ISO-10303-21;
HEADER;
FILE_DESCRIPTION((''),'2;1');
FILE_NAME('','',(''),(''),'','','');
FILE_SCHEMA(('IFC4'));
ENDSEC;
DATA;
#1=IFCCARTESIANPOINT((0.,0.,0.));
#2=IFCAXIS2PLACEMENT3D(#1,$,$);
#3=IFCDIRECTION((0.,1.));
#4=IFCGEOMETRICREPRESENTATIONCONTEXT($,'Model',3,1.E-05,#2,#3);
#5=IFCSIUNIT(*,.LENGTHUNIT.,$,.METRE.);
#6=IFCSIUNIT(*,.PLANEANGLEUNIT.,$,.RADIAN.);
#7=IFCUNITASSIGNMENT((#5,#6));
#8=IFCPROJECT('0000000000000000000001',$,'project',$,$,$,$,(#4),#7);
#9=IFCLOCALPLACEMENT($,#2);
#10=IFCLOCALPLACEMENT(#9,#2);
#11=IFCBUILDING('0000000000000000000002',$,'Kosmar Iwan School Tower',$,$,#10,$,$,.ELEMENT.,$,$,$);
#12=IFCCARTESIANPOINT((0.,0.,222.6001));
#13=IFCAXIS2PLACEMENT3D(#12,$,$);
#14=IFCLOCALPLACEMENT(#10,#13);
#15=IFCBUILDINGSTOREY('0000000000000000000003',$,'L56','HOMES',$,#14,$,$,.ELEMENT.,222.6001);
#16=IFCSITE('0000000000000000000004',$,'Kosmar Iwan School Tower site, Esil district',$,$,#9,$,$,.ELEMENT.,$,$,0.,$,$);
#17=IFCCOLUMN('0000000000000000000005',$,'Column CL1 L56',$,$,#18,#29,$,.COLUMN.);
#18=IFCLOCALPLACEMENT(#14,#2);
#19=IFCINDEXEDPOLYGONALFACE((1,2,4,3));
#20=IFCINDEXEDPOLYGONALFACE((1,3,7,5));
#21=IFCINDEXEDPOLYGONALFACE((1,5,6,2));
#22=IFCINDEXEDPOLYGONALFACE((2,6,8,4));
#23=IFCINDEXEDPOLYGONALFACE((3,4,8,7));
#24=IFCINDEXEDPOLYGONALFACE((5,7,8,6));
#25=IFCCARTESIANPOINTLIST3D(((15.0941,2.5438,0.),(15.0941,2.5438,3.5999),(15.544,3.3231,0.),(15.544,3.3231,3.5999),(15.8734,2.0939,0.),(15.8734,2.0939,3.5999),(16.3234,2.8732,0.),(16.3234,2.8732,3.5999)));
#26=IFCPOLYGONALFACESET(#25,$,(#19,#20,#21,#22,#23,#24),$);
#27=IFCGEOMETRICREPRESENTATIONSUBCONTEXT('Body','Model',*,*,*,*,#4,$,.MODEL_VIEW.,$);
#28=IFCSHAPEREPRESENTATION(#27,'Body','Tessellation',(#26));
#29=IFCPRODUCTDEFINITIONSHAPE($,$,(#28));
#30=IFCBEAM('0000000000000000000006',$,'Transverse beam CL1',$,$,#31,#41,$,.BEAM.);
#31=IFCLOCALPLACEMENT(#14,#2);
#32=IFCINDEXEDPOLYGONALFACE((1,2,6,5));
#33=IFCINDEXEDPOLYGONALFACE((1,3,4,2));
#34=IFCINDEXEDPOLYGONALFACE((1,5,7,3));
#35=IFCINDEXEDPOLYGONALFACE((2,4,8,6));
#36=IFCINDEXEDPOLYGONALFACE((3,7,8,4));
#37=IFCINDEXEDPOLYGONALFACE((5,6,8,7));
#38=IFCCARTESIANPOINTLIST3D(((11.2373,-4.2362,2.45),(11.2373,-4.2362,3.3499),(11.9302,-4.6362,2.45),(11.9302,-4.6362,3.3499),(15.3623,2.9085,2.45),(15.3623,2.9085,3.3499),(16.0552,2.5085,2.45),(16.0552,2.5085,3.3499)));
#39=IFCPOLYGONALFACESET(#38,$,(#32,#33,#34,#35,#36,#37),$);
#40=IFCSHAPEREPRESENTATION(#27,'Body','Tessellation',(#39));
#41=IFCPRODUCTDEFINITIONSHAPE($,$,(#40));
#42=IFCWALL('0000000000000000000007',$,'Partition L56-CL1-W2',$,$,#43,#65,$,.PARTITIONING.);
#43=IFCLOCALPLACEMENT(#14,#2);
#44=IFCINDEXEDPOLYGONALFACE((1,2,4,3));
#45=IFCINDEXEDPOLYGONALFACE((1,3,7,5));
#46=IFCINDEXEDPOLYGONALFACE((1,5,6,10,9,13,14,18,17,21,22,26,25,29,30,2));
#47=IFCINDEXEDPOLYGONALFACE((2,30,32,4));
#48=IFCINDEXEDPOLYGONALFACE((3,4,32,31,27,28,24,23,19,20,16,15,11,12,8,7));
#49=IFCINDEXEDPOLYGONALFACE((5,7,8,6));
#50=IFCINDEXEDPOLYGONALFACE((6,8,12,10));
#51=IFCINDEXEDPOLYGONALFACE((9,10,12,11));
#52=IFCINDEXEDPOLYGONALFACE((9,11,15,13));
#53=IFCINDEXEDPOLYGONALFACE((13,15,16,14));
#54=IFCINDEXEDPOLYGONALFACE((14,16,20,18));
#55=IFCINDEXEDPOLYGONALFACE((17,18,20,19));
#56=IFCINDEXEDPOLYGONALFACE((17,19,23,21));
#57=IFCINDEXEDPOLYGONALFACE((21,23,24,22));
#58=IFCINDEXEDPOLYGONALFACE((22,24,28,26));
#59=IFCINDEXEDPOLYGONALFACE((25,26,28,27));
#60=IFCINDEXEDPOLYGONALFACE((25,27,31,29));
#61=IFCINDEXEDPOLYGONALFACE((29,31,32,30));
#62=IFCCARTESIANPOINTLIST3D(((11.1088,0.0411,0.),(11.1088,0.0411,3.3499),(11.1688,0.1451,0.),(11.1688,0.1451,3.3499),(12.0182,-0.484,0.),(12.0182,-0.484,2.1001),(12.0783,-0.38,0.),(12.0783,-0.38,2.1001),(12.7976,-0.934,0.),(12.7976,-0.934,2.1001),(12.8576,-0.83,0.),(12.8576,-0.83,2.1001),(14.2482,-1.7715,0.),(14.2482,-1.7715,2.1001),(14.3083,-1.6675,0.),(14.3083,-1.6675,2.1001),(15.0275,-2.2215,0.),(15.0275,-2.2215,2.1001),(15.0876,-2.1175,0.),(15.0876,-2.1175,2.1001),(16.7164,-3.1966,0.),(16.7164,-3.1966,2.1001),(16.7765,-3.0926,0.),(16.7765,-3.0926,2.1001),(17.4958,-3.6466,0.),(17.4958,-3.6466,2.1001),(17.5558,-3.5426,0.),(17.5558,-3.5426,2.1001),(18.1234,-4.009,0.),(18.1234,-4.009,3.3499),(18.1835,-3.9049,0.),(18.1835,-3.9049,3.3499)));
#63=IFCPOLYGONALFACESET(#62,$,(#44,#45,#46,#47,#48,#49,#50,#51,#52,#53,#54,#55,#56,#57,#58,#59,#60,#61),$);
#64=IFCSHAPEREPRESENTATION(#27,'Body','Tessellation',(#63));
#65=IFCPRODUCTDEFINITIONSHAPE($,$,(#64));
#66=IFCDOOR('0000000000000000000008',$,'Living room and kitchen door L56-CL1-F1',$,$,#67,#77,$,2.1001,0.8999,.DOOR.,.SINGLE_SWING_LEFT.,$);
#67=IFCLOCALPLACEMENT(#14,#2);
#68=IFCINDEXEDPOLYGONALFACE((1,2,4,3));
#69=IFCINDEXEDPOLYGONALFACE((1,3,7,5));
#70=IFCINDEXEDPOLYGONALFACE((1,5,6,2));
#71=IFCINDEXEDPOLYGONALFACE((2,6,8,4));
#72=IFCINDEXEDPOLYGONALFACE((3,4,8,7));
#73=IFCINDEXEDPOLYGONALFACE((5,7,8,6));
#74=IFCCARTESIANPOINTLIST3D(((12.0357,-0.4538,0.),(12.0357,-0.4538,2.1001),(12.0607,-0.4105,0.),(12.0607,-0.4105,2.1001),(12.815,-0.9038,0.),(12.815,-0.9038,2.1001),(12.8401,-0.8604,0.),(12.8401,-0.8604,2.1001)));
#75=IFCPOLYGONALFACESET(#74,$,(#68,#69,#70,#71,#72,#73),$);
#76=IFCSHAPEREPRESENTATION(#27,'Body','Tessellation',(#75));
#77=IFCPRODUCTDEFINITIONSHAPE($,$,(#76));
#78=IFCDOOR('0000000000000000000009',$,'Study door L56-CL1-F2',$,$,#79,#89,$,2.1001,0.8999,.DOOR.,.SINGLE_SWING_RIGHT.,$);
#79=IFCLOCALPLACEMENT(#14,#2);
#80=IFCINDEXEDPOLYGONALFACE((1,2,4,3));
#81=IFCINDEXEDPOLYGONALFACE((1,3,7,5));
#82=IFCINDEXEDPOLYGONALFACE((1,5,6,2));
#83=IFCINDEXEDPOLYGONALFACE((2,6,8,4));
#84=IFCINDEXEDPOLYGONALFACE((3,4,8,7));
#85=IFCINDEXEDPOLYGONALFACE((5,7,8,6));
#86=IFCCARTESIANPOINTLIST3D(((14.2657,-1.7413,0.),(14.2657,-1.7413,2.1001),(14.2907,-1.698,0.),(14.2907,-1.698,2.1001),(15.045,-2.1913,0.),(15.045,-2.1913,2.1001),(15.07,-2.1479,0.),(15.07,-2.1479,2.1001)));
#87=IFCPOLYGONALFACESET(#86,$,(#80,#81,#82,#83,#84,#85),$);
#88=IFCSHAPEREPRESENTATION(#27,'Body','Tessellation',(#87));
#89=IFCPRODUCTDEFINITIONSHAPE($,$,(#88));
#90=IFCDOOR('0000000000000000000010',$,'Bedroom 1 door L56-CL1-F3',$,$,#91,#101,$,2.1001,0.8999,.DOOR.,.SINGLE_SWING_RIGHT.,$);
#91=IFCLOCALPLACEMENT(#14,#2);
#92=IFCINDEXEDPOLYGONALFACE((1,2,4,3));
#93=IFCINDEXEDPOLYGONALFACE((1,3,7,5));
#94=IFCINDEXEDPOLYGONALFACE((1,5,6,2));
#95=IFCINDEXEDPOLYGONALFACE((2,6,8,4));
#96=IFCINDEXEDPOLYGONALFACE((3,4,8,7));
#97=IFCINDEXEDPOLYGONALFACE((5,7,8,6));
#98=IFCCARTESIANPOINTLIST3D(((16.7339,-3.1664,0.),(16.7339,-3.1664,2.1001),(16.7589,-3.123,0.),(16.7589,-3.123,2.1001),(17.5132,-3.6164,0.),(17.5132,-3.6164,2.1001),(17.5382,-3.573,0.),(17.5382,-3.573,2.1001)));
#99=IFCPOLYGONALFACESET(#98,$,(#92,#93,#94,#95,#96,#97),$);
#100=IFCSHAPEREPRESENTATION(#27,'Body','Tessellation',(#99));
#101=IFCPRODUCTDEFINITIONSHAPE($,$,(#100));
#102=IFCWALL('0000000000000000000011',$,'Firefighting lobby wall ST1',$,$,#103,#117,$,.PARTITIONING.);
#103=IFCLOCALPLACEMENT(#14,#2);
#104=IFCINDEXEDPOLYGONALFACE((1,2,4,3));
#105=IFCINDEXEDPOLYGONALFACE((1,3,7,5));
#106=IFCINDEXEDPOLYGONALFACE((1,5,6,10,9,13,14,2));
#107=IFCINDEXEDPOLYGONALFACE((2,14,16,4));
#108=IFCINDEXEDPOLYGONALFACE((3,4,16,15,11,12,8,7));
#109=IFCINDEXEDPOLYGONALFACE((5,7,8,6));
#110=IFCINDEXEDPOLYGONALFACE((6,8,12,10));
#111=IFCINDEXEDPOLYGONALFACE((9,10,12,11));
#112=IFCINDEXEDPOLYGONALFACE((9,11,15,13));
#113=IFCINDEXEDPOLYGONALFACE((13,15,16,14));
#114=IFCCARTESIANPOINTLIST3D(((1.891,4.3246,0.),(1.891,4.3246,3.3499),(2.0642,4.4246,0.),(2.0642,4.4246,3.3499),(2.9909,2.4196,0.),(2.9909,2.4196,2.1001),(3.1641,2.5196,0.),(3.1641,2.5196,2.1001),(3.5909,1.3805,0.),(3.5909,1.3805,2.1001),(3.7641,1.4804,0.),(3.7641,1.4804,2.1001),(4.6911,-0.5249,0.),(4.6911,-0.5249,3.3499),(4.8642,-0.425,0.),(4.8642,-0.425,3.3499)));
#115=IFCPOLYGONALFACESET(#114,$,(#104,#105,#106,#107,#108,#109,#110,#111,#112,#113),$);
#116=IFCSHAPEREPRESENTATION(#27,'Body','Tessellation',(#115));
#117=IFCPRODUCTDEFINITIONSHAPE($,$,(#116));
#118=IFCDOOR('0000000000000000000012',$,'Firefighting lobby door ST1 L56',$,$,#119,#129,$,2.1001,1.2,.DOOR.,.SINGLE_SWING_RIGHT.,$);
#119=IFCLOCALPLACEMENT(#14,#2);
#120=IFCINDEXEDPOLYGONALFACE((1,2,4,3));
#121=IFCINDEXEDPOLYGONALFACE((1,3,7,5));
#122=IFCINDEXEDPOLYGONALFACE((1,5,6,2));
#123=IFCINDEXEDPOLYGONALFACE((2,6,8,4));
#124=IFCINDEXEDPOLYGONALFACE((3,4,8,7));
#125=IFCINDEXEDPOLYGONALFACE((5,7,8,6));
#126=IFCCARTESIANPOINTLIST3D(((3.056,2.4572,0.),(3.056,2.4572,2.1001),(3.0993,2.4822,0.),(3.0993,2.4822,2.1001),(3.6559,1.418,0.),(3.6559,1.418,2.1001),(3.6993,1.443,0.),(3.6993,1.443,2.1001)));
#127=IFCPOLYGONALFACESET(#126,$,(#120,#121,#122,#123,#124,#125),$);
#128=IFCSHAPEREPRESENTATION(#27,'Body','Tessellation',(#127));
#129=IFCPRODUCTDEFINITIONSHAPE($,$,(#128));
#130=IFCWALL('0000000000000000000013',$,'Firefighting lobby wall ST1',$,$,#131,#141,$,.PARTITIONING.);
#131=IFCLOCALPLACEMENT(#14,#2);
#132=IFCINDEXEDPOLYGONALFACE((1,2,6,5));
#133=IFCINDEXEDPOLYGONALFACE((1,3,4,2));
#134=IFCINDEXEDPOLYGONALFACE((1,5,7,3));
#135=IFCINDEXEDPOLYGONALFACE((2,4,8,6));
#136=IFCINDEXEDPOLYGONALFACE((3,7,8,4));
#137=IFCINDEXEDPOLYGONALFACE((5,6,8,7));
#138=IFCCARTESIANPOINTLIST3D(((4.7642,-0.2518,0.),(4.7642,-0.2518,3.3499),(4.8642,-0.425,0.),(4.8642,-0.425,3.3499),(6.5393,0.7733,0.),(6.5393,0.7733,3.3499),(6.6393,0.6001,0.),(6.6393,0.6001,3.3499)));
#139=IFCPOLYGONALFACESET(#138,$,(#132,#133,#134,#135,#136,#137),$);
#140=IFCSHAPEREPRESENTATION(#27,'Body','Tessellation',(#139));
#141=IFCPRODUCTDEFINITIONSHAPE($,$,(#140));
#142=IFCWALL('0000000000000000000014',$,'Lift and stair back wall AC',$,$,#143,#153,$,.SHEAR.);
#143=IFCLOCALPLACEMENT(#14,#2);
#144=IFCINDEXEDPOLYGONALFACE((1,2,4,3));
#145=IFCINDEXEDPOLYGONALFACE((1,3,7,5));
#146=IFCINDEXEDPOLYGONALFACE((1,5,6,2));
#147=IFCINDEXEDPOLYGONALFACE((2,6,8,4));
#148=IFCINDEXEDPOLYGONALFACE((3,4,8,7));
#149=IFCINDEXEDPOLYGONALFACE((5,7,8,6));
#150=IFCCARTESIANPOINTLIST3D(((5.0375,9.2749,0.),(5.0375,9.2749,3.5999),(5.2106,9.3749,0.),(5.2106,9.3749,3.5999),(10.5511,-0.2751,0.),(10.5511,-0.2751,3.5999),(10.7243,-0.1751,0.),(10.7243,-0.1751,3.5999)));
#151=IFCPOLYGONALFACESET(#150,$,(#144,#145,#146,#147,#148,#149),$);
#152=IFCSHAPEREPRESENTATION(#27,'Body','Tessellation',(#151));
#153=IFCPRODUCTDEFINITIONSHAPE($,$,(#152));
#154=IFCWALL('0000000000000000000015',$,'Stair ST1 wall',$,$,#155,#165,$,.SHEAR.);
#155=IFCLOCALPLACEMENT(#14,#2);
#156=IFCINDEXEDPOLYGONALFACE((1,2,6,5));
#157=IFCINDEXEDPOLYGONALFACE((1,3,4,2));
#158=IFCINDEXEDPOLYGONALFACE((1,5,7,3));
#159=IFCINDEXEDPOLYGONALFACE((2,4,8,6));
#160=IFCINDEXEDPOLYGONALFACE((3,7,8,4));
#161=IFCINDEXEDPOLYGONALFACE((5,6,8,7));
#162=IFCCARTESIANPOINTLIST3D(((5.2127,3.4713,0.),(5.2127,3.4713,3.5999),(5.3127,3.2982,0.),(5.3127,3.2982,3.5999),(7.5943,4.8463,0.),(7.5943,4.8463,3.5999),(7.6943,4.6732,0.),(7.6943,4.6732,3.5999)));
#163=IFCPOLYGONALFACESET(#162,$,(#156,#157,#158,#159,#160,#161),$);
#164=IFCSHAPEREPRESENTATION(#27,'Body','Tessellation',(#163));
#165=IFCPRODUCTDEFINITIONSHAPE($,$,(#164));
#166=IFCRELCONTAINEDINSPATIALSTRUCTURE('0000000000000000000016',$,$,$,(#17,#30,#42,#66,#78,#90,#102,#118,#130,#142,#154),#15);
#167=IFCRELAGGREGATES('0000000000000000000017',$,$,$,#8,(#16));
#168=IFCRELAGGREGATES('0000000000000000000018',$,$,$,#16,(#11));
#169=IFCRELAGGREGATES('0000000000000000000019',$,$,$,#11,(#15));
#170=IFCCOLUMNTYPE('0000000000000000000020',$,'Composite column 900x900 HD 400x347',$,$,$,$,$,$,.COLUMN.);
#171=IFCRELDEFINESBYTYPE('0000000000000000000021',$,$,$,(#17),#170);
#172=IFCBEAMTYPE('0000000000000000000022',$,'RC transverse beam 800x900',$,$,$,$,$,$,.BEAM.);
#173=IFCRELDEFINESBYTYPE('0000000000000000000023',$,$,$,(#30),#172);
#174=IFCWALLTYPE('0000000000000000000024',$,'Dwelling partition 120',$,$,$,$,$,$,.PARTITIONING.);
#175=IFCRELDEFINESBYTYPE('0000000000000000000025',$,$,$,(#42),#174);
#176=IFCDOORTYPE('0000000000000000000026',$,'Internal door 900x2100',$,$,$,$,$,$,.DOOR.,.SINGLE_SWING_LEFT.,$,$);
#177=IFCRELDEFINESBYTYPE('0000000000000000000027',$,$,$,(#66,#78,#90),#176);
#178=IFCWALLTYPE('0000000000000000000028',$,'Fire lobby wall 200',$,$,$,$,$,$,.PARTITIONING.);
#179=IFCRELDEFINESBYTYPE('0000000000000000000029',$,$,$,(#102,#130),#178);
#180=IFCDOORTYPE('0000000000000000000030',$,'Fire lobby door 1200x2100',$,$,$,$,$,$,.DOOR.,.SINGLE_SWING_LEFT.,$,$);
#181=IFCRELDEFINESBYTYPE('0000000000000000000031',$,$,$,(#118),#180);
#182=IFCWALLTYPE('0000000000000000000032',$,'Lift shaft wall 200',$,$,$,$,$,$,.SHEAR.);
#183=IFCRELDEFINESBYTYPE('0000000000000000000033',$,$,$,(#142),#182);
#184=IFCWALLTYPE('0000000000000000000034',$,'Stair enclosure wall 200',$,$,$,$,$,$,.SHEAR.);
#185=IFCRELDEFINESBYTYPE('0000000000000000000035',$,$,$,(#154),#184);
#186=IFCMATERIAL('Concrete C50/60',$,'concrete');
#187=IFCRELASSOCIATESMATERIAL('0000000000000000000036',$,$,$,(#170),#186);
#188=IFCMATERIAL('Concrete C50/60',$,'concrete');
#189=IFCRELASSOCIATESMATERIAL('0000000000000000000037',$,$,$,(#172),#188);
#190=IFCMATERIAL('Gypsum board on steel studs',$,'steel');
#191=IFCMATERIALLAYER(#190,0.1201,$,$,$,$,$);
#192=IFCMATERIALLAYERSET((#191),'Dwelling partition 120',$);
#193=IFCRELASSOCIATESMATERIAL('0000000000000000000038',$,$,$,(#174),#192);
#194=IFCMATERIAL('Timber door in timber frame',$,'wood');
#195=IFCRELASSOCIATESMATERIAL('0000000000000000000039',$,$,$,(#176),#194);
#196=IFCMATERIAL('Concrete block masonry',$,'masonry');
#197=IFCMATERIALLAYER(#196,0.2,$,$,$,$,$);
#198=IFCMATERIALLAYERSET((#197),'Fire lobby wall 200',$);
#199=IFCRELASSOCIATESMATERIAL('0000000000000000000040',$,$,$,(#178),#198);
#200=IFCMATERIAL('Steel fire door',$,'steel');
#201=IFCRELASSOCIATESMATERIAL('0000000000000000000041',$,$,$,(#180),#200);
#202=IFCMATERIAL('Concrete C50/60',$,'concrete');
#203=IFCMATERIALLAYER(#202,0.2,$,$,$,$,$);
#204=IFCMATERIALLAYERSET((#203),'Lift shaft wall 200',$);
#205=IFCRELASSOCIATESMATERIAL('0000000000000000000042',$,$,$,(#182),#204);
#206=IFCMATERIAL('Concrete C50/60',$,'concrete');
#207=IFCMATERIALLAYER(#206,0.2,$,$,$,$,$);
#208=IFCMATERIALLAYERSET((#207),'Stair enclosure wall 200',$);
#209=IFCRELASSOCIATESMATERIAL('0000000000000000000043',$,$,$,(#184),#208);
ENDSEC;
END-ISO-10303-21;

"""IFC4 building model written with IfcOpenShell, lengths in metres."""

from ifc_helpers import new_model, si_unit, direction, frame, frame_2d, origin, origin_2d, place, context, subcontext, project, spatial, rectangle, extrude, material, layer, layer_set, material_profile, profile_set, type_object, element, fill, save


model = new_model("IFC4")

# Units and contexts
model_context = context("Model", 3, precision=1e-05, world=origin(), true_north=direction((0.0, 1.0)))
body_context = subcontext(model_context, "Body", "Model", "MODEL_VIEW")
ifc_project = project(units=[si_unit("LENGTHUNIT", "METRE"), si_unit("PLANEANGLEUNIT", "RADIAN")], contexts=[model_context])

# Site, building, storey
site_placement = place(None, origin())
site = spatial("IfcSite", under=ifc_project, at=site_placement, Name="Kosmar Iwan School Tower site, Esil district", CompositionType="ELEMENT", RefElevation=0.0)
building_placement = place(site_placement, origin())
building = spatial("IfcBuilding", under=site, at=building_placement, Name="Kosmar Iwan School Tower", CompositionType="ELEMENT")
storey_placement = place(building_placement, frame((0.0, 0.0, 222.6001)))
storey = spatial("IfcBuildingStorey", under=building, at=storey_placement, Name="L56", Description="HOMES", CompositionType="ELEMENT", Elevation=222.6001)

# Column
ifc_material_1 = material(Name="Concrete C50/60", Category="concrete")
ifc_material_profile_1 = material_profile(ifc_material_1, rectangle(XDim=0.8999, YDim=0.8999, at=origin_2d()), Name="RC 900x900 + HD 400x347")
ifc_profile_set_1 = profile_set([ifc_material_profile_1], Name="Concrete C50/60")
column_type = type_object("IfcColumnType", Name="Composite column 900x900 HD 400x347", PredefinedType="COLUMN", material=ifc_profile_set_1)
column_placement = place(storey_placement, frame((15.7087, 2.7085, 0.0), z_axis=(0.0, 0.0, 1.0), x_axis=(0.866025, -0.5, 0.0)))
element("IfcColumn", 1, at=column_placement, inside=storey, type_object=column_type, Name="Column CL1 L56", PredefinedType="COLUMN", context=body_context, shape_type="SweptSolid", body=[
    extrude(rectangle(XDim=0.8999, YDim=0.8999, at=origin_2d()), origin(), (0.0, 0.0, 1.0), 3.5999),
])

# Beam
ifc_material_2 = material(Name="Concrete C50/60", Category="concrete")
ifc_material_profile_2 = material_profile(ifc_material_2, rectangle(XDim=0.8, YDim=0.8999, at=origin_2d()), Name="RC 800x900")
ifc_profile_set_2 = profile_set([ifc_material_profile_2], Name="Concrete C50/60")
beam_type = type_object("IfcBeamType", Name="RC transverse beam 800x900", PredefinedType="BEAM", material=ifc_profile_set_2)
beam_placement = place(storey_placement, frame((15.7087, 2.7085, 2.8999), z_axis=(-0.499997, -0.866027, 0.0), x_axis=(0.866027, -0.499997, 0.0)))
element("IfcBeam", 2, at=beam_placement, inside=storey, type_object=beam_type, Name="Transverse beam CL1", PredefinedType="BEAM", context=body_context, shape_type="SweptSolid", body=[
    extrude(rectangle(XDim=0.8, YDim=0.8999, at=origin_2d()), origin(), (0.0, 0.0, 1.0), 8.25),
])

# Wall, openings, doors
ifc_material_3 = material(Name="Gypsum board on steel studs", Category="steel")
ifc_layer_1 = layer(ifc_material_3, 0.1201)
ifc_layer_set_1 = layer_set([ifc_layer_1], Name="Dwelling partition 120")
wall_type_1 = type_object("IfcWallType", Name="Dwelling partition 120", PredefinedType="PARTITIONING", material=ifc_layer_set_1)
wall_1_placement = place(storey_placement, frame((11.1389, 0.093, 0.0), z_axis=(0.0, 0.0, 1.0), x_axis=(0.866018, -0.500013, 0.0)))
wall_1 = element("IfcWall", 3, at=wall_1_placement, inside=storey, type_object=wall_type_1, Name="Partition L56-CL1-W2", PredefinedType="PARTITIONING", context=body_context, shape_type="SweptSolid", body=[
    extrude(rectangle(XDim=8.0999, YDim=0.1201, at=frame_2d((4.0498, 0.0))), origin(), (0.0, 0.0, 1.0), 3.3499),
])
opening_1_placement = place(wall_1_placement, frame((1.05, 0.0, 0.0)))
opening_1 = element("IfcOpeningElement", 4, at=opening_1_placement, cuts=wall_1, PredefinedType="OPENING", context=body_context, shape_type="SweptSolid", body=[
    extrude(rectangle(XDim=0.8999, YDim=2.1001, at=frame_2d((0.45, 1.05))), frame((0.0, 0.072, 0.0), z_axis=(0.0, -1.0, 0.0), x_axis=(1.0, 0.0, 0.0)), (0.0, 0.0, 1.0), 0.144),
])
opening_2_placement = place(wall_1_placement, frame((3.625, 0.0, 0.0)))
opening_2 = element("IfcOpeningElement", 5, at=opening_2_placement, cuts=wall_1, PredefinedType="OPENING", context=body_context, shape_type="SweptSolid", body=[
    extrude(rectangle(XDim=0.8999, YDim=2.1001, at=frame_2d((0.45, 1.05))), frame((0.0, 0.072, 0.0), z_axis=(0.0, -1.0, 0.0), x_axis=(1.0, 0.0, 0.0)), (0.0, 0.0, 1.0), 0.144),
])
opening_3_placement = place(wall_1_placement, frame((6.4751, 0.0, 0.0)))
opening_3 = element("IfcOpeningElement", 6, at=opening_3_placement, cuts=wall_1, PredefinedType="OPENING", context=body_context, shape_type="SweptSolid", body=[
    extrude(rectangle(XDim=0.8999, YDim=2.1001, at=frame_2d((0.45, 1.05))), frame((0.0, 0.072, 0.0), z_axis=(0.0, -1.0, 0.0), x_axis=(1.0, 0.0, 0.0)), (0.0, 0.0, 1.0), 0.144),
])
ifc_material_4 = material(Name="Timber door in timber frame", Category="wood")
door_type_1 = type_object("IfcDoorType", Name="Internal door 900x2100", OperationType="SINGLE_SWING_LEFT", PredefinedType="DOOR", material=ifc_material_4)
door_1_placement = place(opening_1_placement, origin())
door_1 = element("IfcDoor", 7, at=door_1_placement, inside=storey, type_object=door_type_1, Name="Living room and kitchen door L56-CL1-F1", OperationType="SINGLE_SWING_LEFT", OverallHeight=2.1001, OverallWidth=0.8999, PredefinedType="DOOR", context=body_context, shape_type="SweptSolid", body=[
    extrude(rectangle(XDim=0.8999, YDim=2.1001, at=frame_2d((0.45, 1.05))), frame((0.0, 0.0249, 0.0), z_axis=(0.0, -1.0, 0.0), x_axis=(1.0, 0.0, 0.0)), (0.0, 0.0, 1.0), 0.05),
])
fill(opening_1, door_1)
door_2_placement = place(opening_2_placement, origin())
door_2 = element("IfcDoor", 8, at=door_2_placement, inside=storey, type_object=door_type_1, Name="Study door L56-CL1-F2", OperationType="SINGLE_SWING_RIGHT", OverallHeight=2.1001, OverallWidth=0.8999, PredefinedType="DOOR", context=body_context, shape_type="SweptSolid", body=[
    extrude(rectangle(XDim=0.8999, YDim=2.1001, at=frame_2d((0.45, 1.05))), frame((0.0, 0.0249, 0.0), z_axis=(0.0, -1.0, 0.0), x_axis=(1.0, 0.0, 0.0)), (0.0, 0.0, 1.0), 0.05),
])
fill(opening_2, door_2)
door_3_placement = place(opening_3_placement, origin())
door_3 = element("IfcDoor", 9, at=door_3_placement, inside=storey, type_object=door_type_1, Name="Bedroom 1 door L56-CL1-F3", OperationType="SINGLE_SWING_RIGHT", OverallHeight=2.1001, OverallWidth=0.8999, PredefinedType="DOOR", context=body_context, shape_type="SweptSolid", body=[
    extrude(rectangle(XDim=0.8999, YDim=2.1001, at=frame_2d((0.45, 1.05))), frame((0.0, 0.0249, 0.0), z_axis=(0.0, -1.0, 0.0), x_axis=(1.0, 0.0, 0.0)), (0.0, 0.0, 1.0), 0.05),
])
fill(opening_3, door_3)

# Wall, opening, door
ifc_material_5 = material(Name="Concrete block masonry", Category="masonry")
ifc_layer_2 = layer(ifc_material_5, 0.2)
ifc_layer_set_2 = layer_set([ifc_layer_2], Name="Fire lobby wall 200")
wall_type_2 = type_object("IfcWallType", Name="Fire lobby wall 200", PredefinedType="PARTITIONING", material=ifc_layer_set_2)
wall_2_placement = place(storey_placement, frame((4.7776, -0.4749, 0.0), z_axis=(0.0, 0.0, 1.0), x_axis=(-0.500017, 0.866016, 0.0)))
wall_2 = element("IfcWall", 10, at=wall_2_placement, inside=storey, type_object=wall_type_2, Name="Firefighting lobby wall ST1", PredefinedType="PARTITIONING", context=body_context, shape_type="SweptSolid", body=[
    extrude(rectangle(XDim=5.5999, YDim=0.2, at=frame_2d((2.7998, 0.0))), origin(), (0.0, 0.0, 1.0), 3.3499),
])
opening_4_placement = place(wall_2_placement, frame((2.2, 0.0, 0.0)))
opening_4 = element("IfcOpeningElement", 11, at=opening_4_placement, cuts=wall_2, PredefinedType="OPENING", context=body_context, shape_type="SweptSolid", body=[
    extrude(rectangle(XDim=1.2, YDim=2.1001, at=frame_2d((0.6001, 1.05))), frame((0.0, 0.1121, 0.0), z_axis=(0.0, -1.0, 0.0), x_axis=(1.0, 0.0, 0.0)), (0.0, 0.0, 1.0), 0.2239),
])
ifc_material_6 = material(Name="Steel fire door", Category="steel")
door_type_2 = type_object("IfcDoorType", Name="Fire lobby door 1200x2100", OperationType="SINGLE_SWING_LEFT", PredefinedType="DOOR", material=ifc_material_6)
door_4_placement = place(opening_4_placement, origin())
door_4 = element("IfcDoor", 12, at=door_4_placement, inside=storey, type_object=door_type_2, Name="Firefighting lobby door ST1 L56", OperationType="SINGLE_SWING_RIGHT", OverallHeight=2.1001, OverallWidth=1.2, PredefinedType="DOOR", context=body_context, shape_type="SweptSolid", body=[
    extrude(rectangle(XDim=1.2, YDim=2.1001, at=frame_2d((0.6001, 1.05))), frame((0.0, 0.0249, 0.0), z_axis=(0.0, -1.0, 0.0), x_axis=(1.0, 0.0, 0.0)), (0.0, 0.0, 1.0), 0.05),
])
fill(opening_4, door_4)

# Walls
wall_3_placement = place(storey_placement, frame((4.8142, -0.3384, 0.0), z_axis=(0.0, 0.0, 1.0), x_axis=(0.865969, 0.500097, 0.0)))
element("IfcWall", 13, at=wall_3_placement, inside=storey, type_object=wall_type_2, Name="Firefighting lobby wall ST1", PredefinedType="PARTITIONING", context=body_context, shape_type="SweptSolid", body=[
    extrude(rectangle(XDim=2.0498, YDim=0.2, at=frame_2d((1.0249, 0.0))), origin(), (0.0, 0.0, 1.0), 3.3499),
])
ifc_material_7 = material(Name="Concrete C50/60", Category="concrete")
ifc_layer_3 = layer(ifc_material_7, 0.2)
ifc_layer_set_3 = layer_set([ifc_layer_3], Name="Lift shaft wall 200")
wall_type_3 = type_object("IfcWallType", Name="Lift shaft wall 200", PredefinedType="SHEAR", material=ifc_layer_set_3)
wall_4_placement = place(storey_placement, frame((10.6377, -0.2251, 0.0), z_axis=(0.0, 0.0, 1.0), x_axis=(-0.499997, 0.866027, 0.0)))
element("IfcWall", 14, at=wall_4_placement, inside=storey, type_object=wall_type_3, Name="Lift and stair back wall AC", PredefinedType="SHEAR", context=body_context, shape_type="SweptSolid", body=[
    extrude(rectangle(XDim=11.0273, YDim=0.2, at=frame_2d((5.5137, 0.0))), origin(), (0.0, 0.0, 1.0), 3.5999),
])
ifc_material_8 = material(Name="Concrete C50/60", Category="concrete")
ifc_layer_4 = layer(ifc_material_8, 0.2)
ifc_layer_set_4 = layer_set([ifc_layer_4], Name="Stair enclosure wall 200")
wall_type_4 = type_object("IfcWallType", Name="Stair enclosure wall 200", PredefinedType="SHEAR", material=ifc_layer_set_4)
wall_5_placement = place(storey_placement, frame((5.2627, 3.3848, 0.0), z_axis=(0.0, 0.0, 1.0), x_axis=(0.866027, 0.499997, 0.0)))
element("IfcWall", 15, at=wall_5_placement, inside=storey, type_object=wall_type_4, Name="Stair ST1 wall", PredefinedType="SHEAR", context=body_context, shape_type="SweptSolid", body=[
    extrude(rectangle(XDim=2.75, YDim=0.2, at=frame_2d((1.375, 0.0))), origin(), (0.0, 0.0, 1.0), 3.5999),
])

save(model, "model.ifc")
